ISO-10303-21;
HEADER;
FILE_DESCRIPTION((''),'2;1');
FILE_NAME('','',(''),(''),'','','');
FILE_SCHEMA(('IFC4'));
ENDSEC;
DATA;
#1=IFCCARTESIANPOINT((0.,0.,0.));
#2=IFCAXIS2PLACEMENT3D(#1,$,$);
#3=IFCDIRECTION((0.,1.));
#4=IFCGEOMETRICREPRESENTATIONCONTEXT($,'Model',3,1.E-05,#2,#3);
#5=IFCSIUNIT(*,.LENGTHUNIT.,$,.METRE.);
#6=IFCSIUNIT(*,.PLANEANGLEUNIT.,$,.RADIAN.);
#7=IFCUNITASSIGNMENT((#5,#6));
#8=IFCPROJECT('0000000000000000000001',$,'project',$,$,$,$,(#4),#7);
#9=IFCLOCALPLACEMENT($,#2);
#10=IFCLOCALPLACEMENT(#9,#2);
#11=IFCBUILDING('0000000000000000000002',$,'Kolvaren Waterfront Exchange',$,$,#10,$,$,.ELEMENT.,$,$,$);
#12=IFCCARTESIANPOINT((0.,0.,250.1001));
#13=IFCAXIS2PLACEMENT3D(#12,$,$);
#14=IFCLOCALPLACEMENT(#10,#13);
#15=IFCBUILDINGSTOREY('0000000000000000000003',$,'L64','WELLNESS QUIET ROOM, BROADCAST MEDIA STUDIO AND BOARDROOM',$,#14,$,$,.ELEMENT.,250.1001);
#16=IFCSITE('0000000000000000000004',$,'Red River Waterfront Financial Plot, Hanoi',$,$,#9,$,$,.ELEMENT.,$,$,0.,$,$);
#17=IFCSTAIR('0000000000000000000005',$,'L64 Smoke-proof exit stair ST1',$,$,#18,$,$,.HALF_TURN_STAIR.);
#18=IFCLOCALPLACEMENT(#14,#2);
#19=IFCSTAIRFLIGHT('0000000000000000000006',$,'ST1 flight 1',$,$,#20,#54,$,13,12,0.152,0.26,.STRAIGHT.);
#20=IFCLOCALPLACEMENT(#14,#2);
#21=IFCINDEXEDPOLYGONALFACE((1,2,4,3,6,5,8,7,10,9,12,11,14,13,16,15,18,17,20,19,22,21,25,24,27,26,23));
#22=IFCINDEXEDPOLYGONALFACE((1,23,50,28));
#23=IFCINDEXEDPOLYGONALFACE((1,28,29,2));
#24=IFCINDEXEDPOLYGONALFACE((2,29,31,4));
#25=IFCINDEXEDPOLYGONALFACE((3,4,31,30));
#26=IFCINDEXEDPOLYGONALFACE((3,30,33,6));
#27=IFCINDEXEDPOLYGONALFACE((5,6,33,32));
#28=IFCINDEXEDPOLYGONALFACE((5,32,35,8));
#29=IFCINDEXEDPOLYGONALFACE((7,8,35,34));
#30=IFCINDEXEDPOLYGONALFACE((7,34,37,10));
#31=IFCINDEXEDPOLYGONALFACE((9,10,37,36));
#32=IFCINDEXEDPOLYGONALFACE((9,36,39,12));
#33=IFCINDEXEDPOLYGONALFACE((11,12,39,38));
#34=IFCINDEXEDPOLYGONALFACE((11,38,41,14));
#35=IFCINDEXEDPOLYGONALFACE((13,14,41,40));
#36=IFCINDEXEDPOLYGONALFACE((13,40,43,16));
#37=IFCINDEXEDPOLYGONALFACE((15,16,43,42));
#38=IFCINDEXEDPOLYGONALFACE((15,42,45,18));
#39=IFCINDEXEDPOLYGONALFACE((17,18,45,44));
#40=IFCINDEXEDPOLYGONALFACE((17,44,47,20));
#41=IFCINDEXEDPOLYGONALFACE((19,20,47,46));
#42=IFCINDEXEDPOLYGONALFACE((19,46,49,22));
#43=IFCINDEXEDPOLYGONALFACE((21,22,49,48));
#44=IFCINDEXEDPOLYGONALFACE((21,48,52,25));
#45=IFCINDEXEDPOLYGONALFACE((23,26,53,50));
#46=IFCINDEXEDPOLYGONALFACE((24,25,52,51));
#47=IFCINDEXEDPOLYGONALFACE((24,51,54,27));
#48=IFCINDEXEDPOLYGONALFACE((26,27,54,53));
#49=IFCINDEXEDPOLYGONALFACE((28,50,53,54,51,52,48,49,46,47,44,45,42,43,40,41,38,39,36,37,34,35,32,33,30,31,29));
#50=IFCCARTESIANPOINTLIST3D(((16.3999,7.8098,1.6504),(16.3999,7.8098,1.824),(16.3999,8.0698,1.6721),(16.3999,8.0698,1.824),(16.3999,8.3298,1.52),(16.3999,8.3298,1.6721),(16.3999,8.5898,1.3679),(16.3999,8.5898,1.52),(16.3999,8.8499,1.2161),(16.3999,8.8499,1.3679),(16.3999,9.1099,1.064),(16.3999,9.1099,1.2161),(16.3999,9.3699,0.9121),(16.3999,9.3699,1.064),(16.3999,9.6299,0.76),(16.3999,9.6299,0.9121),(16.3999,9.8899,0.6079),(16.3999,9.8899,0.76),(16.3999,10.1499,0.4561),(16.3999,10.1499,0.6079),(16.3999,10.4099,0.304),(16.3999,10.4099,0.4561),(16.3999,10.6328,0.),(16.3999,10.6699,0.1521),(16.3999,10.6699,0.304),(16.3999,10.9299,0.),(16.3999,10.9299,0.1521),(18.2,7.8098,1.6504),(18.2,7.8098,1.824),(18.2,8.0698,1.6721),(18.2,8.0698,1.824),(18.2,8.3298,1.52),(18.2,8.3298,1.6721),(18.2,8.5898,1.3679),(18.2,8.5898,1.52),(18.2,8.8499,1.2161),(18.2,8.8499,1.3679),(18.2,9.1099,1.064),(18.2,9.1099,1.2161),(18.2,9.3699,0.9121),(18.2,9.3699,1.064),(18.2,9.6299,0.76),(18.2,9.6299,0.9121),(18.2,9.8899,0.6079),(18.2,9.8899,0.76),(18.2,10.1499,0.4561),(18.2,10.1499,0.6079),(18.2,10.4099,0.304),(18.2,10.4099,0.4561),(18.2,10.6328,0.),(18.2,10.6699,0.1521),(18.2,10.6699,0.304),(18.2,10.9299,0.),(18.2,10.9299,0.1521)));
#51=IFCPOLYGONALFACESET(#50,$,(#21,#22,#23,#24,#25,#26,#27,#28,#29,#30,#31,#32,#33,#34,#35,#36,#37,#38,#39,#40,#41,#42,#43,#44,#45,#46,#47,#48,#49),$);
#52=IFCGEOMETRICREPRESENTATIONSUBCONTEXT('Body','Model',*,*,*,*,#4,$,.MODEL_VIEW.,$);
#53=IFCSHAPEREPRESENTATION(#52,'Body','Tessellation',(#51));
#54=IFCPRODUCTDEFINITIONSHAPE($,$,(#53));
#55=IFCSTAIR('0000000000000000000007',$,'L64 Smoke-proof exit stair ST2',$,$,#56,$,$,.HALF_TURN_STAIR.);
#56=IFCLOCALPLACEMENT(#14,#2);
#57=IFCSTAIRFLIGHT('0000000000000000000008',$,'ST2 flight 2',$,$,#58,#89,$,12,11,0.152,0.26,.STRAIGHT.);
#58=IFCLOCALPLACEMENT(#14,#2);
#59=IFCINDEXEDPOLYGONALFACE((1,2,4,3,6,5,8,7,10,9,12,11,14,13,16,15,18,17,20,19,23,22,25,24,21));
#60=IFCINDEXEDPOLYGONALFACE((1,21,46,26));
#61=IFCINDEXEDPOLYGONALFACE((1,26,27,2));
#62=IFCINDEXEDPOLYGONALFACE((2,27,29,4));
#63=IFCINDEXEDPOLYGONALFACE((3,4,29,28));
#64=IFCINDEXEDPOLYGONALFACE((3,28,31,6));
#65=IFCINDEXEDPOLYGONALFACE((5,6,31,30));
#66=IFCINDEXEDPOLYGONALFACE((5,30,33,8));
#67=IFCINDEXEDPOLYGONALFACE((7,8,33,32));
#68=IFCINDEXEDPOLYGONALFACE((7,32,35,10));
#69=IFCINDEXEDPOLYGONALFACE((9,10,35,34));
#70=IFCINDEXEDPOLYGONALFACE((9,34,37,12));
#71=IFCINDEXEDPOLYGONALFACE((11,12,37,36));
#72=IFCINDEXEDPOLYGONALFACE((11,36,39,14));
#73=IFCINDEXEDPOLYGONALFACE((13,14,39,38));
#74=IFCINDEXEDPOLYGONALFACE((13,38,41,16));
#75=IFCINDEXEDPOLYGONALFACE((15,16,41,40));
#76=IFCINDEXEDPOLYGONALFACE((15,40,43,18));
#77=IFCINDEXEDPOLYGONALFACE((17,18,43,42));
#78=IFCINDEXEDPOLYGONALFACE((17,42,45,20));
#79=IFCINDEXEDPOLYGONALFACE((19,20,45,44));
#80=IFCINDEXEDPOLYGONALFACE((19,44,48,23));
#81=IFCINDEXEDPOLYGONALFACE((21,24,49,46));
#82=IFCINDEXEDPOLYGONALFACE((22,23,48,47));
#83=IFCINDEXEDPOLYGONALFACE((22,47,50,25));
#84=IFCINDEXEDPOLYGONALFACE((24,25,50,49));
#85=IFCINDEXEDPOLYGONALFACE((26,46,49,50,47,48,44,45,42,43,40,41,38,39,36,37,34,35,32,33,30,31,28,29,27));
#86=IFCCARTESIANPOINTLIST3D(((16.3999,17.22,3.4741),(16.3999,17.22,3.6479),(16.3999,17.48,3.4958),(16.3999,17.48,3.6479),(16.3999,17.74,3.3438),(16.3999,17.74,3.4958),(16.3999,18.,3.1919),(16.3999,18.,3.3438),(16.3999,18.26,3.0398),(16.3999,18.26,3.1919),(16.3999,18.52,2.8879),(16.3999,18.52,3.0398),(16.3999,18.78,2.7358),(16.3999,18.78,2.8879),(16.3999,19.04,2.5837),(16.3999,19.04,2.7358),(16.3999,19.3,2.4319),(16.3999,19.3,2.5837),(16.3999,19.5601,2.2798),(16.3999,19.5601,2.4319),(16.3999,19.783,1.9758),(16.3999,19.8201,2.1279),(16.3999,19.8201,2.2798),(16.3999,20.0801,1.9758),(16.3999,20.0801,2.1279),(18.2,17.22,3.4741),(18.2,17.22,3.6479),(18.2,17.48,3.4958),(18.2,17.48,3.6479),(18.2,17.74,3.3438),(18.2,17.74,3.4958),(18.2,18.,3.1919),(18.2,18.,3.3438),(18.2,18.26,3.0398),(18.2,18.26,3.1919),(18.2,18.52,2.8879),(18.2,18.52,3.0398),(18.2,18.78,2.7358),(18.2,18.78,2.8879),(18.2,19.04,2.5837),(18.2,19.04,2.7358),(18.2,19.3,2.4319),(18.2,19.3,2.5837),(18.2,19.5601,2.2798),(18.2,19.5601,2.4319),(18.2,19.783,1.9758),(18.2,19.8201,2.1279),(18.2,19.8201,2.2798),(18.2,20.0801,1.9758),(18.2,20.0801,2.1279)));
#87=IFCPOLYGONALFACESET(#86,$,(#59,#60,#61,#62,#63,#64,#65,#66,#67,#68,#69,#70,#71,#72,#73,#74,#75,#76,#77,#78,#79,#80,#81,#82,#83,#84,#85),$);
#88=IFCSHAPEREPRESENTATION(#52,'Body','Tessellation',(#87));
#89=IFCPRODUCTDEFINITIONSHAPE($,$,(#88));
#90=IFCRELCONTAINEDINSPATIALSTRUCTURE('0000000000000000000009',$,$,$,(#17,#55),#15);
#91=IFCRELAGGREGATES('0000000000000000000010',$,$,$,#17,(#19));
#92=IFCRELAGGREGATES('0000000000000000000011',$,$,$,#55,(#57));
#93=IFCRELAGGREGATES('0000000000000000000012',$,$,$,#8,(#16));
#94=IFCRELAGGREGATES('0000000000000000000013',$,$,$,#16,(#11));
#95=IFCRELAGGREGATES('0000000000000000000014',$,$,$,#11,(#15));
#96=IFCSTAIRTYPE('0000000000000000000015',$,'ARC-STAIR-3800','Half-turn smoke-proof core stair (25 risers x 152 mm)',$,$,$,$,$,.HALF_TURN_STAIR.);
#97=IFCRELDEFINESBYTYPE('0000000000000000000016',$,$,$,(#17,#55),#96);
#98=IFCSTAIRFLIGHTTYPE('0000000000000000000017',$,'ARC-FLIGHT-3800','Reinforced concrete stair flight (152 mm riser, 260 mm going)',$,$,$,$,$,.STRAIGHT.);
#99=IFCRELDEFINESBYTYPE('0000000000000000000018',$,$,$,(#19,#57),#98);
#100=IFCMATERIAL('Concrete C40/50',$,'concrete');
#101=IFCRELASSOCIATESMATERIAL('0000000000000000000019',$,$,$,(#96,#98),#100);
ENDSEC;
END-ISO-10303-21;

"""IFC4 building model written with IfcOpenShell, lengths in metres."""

from ifc_helpers import new_model, si_unit, direction, frame, origin, place, context, subcontext, project, spatial, polyline, outline, extrude, material, type_object, element, aggregate, save


model = new_model("IFC4")

# Units and contexts
model_context = context("Model", 3, precision=1e-05, world=origin(), true_north=direction((0.0, 1.0)))
body_context = subcontext(model_context, "Body", "Model", "MODEL_VIEW")
ifc_project = project(units=[si_unit("LENGTHUNIT", "METRE"), si_unit("PLANEANGLEUNIT", "RADIAN")], contexts=[model_context])

# Site, building, storey
site_placement = place(None, origin())
site = spatial("IfcSite", under=ifc_project, at=site_placement, Name="Red River Waterfront Financial Plot, Hanoi", CompositionType="ELEMENT", RefElevation=0.0)
building_placement = place(site_placement, origin())
building = spatial("IfcBuilding", under=site, at=building_placement, Name="Kolvaren Waterfront Exchange", CompositionType="ELEMENT")
storey_placement = place(building_placement, frame((0.0, 0.0, 250.1001)))
storey = spatial("IfcBuildingStorey", under=building, at=storey_placement, Name="L64", Description="WELLNESS QUIET ROOM, BROADCAST MEDIA STUDIO AND BOARDROOM", CompositionType="ELEMENT", Elevation=250.1001)

# Shared definitions
ifc_material_1 = material(Name="Concrete C40/50", Category="concrete")

# Stairs, stair flights
stair_type = type_object("IfcStairType", Name="ARC-STAIR-3800", Description="Half-turn smoke-proof core stair (25 risers x 152 mm)", PredefinedType="HALF_TURN_STAIR", material=ifc_material_1)
stair_1_placement = place(storey_placement, origin())
stair_1 = element("IfcStair", 1, at=stair_1_placement, inside=storey, type_object=stair_type, Name="L64 Smoke-proof exit stair ST1", PredefinedType="HALF_TURN_STAIR")
stair_flight_type = type_object("IfcStairFlightType", Name="ARC-FLIGHT-3800", Description="Reinforced concrete stair flight (152 mm riser, 260 mm going)", PredefinedType="STRAIGHT", material=ifc_material_1)
stair_flight_1_placement = place(storey_placement, frame((17.3, 10.9299, 0.0), z_axis=(0.0, 0.0, 1.0), x_axis=(0.0, -1.0, 0.0)))
stair_flight_1 = element("IfcStairFlight", 2, at=stair_flight_1_placement, type_object=stair_flight_type, Name="ST1 flight 1", NumberOfRisers=13, NumberOfTreads=12, PredefinedType="STRAIGHT", RiserHeight=0.152, TreadLength=0.26, context=body_context, shape_type="SweptSolid", body=[
    extrude(outline(polyline([(0.0, 0.0), (0.0, 0.1521), (0.26, 0.1521), (0.26, 0.304), (0.52, 0.304), (0.52, 0.4561), (0.78, 0.4561), (0.78, 0.6079), (1.04, 0.6079), (1.04, 0.76), (1.3, 0.76), (1.3, 0.9121), (1.5601, 0.9121), (1.5601, 1.064), (1.8201, 1.064), (1.8201, 1.2161), (2.0801, 1.2161), (2.0801, 1.3679), (2.3401, 1.3679), (2.3401, 1.52), (2.6001, 1.52), (2.6001, 1.6721), (2.8601, 1.6721), (2.8601, 1.824), (3.1201, 1.824), (3.1201, 1.9761), (3.1201, 1.6504), (0.2971, 0.0), (0.0, 0.0)])), frame((0.0, 0.8999, 0.0), z_axis=(0.0, -1.0, 0.0), x_axis=(1.0, 0.0, 0.0)), (0.0, 0.0, 1.0), 1.8),
])
aggregate(stair_1, [stair_flight_1])
stair_2_placement = place(storey_placement, origin())
stair_2 = element("IfcStair", 3, at=stair_2_placement, inside=storey, type_object=stair_type, Name="L64 Smoke-proof exit stair ST2", PredefinedType="HALF_TURN_STAIR")
stair_flight_2_placement = place(storey_placement, frame((17.3, 20.0801, 1.9758), z_axis=(0.0, 0.0, 1.0), x_axis=(0.0, -1.0, 0.0)))
stair_flight_2 = element("IfcStairFlight", 4, at=stair_flight_2_placement, type_object=stair_flight_type, Name="ST2 flight 2", NumberOfRisers=12, NumberOfTreads=11, PredefinedType="STRAIGHT", RiserHeight=0.152, TreadLength=0.26, context=body_context, shape_type="SweptSolid", body=[
    extrude(outline(polyline([(0.0, 0.0), (0.0, 0.1521), (0.26, 0.1521), (0.26, 0.304), (0.52, 0.304), (0.52, 0.4561), (0.78, 0.4561), (0.78, 0.6079), (1.04, 0.6079), (1.04, 0.76), (1.3, 0.76), (1.3, 0.9121), (1.5601, 0.9121), (1.5601, 1.064), (1.8201, 1.064), (1.8201, 1.2161), (2.0801, 1.2161), (2.0801, 1.3679), (2.3401, 1.3679), (2.3401, 1.52), (2.6001, 1.52), (2.6001, 1.6721), (2.8601, 1.6721), (2.8601, 1.824), (2.8601, 1.4983), (0.2971, 0.0), (0.0, 0.0)])), frame((0.0, 0.8999, 0.0), z_axis=(0.0, -1.0, 0.0), x_axis=(1.0, 0.0, 0.0)), (0.0, 0.0, 1.0), 1.8),
])
aggregate(stair_2, [stair_flight_2])

save(model, "model.ifc")
